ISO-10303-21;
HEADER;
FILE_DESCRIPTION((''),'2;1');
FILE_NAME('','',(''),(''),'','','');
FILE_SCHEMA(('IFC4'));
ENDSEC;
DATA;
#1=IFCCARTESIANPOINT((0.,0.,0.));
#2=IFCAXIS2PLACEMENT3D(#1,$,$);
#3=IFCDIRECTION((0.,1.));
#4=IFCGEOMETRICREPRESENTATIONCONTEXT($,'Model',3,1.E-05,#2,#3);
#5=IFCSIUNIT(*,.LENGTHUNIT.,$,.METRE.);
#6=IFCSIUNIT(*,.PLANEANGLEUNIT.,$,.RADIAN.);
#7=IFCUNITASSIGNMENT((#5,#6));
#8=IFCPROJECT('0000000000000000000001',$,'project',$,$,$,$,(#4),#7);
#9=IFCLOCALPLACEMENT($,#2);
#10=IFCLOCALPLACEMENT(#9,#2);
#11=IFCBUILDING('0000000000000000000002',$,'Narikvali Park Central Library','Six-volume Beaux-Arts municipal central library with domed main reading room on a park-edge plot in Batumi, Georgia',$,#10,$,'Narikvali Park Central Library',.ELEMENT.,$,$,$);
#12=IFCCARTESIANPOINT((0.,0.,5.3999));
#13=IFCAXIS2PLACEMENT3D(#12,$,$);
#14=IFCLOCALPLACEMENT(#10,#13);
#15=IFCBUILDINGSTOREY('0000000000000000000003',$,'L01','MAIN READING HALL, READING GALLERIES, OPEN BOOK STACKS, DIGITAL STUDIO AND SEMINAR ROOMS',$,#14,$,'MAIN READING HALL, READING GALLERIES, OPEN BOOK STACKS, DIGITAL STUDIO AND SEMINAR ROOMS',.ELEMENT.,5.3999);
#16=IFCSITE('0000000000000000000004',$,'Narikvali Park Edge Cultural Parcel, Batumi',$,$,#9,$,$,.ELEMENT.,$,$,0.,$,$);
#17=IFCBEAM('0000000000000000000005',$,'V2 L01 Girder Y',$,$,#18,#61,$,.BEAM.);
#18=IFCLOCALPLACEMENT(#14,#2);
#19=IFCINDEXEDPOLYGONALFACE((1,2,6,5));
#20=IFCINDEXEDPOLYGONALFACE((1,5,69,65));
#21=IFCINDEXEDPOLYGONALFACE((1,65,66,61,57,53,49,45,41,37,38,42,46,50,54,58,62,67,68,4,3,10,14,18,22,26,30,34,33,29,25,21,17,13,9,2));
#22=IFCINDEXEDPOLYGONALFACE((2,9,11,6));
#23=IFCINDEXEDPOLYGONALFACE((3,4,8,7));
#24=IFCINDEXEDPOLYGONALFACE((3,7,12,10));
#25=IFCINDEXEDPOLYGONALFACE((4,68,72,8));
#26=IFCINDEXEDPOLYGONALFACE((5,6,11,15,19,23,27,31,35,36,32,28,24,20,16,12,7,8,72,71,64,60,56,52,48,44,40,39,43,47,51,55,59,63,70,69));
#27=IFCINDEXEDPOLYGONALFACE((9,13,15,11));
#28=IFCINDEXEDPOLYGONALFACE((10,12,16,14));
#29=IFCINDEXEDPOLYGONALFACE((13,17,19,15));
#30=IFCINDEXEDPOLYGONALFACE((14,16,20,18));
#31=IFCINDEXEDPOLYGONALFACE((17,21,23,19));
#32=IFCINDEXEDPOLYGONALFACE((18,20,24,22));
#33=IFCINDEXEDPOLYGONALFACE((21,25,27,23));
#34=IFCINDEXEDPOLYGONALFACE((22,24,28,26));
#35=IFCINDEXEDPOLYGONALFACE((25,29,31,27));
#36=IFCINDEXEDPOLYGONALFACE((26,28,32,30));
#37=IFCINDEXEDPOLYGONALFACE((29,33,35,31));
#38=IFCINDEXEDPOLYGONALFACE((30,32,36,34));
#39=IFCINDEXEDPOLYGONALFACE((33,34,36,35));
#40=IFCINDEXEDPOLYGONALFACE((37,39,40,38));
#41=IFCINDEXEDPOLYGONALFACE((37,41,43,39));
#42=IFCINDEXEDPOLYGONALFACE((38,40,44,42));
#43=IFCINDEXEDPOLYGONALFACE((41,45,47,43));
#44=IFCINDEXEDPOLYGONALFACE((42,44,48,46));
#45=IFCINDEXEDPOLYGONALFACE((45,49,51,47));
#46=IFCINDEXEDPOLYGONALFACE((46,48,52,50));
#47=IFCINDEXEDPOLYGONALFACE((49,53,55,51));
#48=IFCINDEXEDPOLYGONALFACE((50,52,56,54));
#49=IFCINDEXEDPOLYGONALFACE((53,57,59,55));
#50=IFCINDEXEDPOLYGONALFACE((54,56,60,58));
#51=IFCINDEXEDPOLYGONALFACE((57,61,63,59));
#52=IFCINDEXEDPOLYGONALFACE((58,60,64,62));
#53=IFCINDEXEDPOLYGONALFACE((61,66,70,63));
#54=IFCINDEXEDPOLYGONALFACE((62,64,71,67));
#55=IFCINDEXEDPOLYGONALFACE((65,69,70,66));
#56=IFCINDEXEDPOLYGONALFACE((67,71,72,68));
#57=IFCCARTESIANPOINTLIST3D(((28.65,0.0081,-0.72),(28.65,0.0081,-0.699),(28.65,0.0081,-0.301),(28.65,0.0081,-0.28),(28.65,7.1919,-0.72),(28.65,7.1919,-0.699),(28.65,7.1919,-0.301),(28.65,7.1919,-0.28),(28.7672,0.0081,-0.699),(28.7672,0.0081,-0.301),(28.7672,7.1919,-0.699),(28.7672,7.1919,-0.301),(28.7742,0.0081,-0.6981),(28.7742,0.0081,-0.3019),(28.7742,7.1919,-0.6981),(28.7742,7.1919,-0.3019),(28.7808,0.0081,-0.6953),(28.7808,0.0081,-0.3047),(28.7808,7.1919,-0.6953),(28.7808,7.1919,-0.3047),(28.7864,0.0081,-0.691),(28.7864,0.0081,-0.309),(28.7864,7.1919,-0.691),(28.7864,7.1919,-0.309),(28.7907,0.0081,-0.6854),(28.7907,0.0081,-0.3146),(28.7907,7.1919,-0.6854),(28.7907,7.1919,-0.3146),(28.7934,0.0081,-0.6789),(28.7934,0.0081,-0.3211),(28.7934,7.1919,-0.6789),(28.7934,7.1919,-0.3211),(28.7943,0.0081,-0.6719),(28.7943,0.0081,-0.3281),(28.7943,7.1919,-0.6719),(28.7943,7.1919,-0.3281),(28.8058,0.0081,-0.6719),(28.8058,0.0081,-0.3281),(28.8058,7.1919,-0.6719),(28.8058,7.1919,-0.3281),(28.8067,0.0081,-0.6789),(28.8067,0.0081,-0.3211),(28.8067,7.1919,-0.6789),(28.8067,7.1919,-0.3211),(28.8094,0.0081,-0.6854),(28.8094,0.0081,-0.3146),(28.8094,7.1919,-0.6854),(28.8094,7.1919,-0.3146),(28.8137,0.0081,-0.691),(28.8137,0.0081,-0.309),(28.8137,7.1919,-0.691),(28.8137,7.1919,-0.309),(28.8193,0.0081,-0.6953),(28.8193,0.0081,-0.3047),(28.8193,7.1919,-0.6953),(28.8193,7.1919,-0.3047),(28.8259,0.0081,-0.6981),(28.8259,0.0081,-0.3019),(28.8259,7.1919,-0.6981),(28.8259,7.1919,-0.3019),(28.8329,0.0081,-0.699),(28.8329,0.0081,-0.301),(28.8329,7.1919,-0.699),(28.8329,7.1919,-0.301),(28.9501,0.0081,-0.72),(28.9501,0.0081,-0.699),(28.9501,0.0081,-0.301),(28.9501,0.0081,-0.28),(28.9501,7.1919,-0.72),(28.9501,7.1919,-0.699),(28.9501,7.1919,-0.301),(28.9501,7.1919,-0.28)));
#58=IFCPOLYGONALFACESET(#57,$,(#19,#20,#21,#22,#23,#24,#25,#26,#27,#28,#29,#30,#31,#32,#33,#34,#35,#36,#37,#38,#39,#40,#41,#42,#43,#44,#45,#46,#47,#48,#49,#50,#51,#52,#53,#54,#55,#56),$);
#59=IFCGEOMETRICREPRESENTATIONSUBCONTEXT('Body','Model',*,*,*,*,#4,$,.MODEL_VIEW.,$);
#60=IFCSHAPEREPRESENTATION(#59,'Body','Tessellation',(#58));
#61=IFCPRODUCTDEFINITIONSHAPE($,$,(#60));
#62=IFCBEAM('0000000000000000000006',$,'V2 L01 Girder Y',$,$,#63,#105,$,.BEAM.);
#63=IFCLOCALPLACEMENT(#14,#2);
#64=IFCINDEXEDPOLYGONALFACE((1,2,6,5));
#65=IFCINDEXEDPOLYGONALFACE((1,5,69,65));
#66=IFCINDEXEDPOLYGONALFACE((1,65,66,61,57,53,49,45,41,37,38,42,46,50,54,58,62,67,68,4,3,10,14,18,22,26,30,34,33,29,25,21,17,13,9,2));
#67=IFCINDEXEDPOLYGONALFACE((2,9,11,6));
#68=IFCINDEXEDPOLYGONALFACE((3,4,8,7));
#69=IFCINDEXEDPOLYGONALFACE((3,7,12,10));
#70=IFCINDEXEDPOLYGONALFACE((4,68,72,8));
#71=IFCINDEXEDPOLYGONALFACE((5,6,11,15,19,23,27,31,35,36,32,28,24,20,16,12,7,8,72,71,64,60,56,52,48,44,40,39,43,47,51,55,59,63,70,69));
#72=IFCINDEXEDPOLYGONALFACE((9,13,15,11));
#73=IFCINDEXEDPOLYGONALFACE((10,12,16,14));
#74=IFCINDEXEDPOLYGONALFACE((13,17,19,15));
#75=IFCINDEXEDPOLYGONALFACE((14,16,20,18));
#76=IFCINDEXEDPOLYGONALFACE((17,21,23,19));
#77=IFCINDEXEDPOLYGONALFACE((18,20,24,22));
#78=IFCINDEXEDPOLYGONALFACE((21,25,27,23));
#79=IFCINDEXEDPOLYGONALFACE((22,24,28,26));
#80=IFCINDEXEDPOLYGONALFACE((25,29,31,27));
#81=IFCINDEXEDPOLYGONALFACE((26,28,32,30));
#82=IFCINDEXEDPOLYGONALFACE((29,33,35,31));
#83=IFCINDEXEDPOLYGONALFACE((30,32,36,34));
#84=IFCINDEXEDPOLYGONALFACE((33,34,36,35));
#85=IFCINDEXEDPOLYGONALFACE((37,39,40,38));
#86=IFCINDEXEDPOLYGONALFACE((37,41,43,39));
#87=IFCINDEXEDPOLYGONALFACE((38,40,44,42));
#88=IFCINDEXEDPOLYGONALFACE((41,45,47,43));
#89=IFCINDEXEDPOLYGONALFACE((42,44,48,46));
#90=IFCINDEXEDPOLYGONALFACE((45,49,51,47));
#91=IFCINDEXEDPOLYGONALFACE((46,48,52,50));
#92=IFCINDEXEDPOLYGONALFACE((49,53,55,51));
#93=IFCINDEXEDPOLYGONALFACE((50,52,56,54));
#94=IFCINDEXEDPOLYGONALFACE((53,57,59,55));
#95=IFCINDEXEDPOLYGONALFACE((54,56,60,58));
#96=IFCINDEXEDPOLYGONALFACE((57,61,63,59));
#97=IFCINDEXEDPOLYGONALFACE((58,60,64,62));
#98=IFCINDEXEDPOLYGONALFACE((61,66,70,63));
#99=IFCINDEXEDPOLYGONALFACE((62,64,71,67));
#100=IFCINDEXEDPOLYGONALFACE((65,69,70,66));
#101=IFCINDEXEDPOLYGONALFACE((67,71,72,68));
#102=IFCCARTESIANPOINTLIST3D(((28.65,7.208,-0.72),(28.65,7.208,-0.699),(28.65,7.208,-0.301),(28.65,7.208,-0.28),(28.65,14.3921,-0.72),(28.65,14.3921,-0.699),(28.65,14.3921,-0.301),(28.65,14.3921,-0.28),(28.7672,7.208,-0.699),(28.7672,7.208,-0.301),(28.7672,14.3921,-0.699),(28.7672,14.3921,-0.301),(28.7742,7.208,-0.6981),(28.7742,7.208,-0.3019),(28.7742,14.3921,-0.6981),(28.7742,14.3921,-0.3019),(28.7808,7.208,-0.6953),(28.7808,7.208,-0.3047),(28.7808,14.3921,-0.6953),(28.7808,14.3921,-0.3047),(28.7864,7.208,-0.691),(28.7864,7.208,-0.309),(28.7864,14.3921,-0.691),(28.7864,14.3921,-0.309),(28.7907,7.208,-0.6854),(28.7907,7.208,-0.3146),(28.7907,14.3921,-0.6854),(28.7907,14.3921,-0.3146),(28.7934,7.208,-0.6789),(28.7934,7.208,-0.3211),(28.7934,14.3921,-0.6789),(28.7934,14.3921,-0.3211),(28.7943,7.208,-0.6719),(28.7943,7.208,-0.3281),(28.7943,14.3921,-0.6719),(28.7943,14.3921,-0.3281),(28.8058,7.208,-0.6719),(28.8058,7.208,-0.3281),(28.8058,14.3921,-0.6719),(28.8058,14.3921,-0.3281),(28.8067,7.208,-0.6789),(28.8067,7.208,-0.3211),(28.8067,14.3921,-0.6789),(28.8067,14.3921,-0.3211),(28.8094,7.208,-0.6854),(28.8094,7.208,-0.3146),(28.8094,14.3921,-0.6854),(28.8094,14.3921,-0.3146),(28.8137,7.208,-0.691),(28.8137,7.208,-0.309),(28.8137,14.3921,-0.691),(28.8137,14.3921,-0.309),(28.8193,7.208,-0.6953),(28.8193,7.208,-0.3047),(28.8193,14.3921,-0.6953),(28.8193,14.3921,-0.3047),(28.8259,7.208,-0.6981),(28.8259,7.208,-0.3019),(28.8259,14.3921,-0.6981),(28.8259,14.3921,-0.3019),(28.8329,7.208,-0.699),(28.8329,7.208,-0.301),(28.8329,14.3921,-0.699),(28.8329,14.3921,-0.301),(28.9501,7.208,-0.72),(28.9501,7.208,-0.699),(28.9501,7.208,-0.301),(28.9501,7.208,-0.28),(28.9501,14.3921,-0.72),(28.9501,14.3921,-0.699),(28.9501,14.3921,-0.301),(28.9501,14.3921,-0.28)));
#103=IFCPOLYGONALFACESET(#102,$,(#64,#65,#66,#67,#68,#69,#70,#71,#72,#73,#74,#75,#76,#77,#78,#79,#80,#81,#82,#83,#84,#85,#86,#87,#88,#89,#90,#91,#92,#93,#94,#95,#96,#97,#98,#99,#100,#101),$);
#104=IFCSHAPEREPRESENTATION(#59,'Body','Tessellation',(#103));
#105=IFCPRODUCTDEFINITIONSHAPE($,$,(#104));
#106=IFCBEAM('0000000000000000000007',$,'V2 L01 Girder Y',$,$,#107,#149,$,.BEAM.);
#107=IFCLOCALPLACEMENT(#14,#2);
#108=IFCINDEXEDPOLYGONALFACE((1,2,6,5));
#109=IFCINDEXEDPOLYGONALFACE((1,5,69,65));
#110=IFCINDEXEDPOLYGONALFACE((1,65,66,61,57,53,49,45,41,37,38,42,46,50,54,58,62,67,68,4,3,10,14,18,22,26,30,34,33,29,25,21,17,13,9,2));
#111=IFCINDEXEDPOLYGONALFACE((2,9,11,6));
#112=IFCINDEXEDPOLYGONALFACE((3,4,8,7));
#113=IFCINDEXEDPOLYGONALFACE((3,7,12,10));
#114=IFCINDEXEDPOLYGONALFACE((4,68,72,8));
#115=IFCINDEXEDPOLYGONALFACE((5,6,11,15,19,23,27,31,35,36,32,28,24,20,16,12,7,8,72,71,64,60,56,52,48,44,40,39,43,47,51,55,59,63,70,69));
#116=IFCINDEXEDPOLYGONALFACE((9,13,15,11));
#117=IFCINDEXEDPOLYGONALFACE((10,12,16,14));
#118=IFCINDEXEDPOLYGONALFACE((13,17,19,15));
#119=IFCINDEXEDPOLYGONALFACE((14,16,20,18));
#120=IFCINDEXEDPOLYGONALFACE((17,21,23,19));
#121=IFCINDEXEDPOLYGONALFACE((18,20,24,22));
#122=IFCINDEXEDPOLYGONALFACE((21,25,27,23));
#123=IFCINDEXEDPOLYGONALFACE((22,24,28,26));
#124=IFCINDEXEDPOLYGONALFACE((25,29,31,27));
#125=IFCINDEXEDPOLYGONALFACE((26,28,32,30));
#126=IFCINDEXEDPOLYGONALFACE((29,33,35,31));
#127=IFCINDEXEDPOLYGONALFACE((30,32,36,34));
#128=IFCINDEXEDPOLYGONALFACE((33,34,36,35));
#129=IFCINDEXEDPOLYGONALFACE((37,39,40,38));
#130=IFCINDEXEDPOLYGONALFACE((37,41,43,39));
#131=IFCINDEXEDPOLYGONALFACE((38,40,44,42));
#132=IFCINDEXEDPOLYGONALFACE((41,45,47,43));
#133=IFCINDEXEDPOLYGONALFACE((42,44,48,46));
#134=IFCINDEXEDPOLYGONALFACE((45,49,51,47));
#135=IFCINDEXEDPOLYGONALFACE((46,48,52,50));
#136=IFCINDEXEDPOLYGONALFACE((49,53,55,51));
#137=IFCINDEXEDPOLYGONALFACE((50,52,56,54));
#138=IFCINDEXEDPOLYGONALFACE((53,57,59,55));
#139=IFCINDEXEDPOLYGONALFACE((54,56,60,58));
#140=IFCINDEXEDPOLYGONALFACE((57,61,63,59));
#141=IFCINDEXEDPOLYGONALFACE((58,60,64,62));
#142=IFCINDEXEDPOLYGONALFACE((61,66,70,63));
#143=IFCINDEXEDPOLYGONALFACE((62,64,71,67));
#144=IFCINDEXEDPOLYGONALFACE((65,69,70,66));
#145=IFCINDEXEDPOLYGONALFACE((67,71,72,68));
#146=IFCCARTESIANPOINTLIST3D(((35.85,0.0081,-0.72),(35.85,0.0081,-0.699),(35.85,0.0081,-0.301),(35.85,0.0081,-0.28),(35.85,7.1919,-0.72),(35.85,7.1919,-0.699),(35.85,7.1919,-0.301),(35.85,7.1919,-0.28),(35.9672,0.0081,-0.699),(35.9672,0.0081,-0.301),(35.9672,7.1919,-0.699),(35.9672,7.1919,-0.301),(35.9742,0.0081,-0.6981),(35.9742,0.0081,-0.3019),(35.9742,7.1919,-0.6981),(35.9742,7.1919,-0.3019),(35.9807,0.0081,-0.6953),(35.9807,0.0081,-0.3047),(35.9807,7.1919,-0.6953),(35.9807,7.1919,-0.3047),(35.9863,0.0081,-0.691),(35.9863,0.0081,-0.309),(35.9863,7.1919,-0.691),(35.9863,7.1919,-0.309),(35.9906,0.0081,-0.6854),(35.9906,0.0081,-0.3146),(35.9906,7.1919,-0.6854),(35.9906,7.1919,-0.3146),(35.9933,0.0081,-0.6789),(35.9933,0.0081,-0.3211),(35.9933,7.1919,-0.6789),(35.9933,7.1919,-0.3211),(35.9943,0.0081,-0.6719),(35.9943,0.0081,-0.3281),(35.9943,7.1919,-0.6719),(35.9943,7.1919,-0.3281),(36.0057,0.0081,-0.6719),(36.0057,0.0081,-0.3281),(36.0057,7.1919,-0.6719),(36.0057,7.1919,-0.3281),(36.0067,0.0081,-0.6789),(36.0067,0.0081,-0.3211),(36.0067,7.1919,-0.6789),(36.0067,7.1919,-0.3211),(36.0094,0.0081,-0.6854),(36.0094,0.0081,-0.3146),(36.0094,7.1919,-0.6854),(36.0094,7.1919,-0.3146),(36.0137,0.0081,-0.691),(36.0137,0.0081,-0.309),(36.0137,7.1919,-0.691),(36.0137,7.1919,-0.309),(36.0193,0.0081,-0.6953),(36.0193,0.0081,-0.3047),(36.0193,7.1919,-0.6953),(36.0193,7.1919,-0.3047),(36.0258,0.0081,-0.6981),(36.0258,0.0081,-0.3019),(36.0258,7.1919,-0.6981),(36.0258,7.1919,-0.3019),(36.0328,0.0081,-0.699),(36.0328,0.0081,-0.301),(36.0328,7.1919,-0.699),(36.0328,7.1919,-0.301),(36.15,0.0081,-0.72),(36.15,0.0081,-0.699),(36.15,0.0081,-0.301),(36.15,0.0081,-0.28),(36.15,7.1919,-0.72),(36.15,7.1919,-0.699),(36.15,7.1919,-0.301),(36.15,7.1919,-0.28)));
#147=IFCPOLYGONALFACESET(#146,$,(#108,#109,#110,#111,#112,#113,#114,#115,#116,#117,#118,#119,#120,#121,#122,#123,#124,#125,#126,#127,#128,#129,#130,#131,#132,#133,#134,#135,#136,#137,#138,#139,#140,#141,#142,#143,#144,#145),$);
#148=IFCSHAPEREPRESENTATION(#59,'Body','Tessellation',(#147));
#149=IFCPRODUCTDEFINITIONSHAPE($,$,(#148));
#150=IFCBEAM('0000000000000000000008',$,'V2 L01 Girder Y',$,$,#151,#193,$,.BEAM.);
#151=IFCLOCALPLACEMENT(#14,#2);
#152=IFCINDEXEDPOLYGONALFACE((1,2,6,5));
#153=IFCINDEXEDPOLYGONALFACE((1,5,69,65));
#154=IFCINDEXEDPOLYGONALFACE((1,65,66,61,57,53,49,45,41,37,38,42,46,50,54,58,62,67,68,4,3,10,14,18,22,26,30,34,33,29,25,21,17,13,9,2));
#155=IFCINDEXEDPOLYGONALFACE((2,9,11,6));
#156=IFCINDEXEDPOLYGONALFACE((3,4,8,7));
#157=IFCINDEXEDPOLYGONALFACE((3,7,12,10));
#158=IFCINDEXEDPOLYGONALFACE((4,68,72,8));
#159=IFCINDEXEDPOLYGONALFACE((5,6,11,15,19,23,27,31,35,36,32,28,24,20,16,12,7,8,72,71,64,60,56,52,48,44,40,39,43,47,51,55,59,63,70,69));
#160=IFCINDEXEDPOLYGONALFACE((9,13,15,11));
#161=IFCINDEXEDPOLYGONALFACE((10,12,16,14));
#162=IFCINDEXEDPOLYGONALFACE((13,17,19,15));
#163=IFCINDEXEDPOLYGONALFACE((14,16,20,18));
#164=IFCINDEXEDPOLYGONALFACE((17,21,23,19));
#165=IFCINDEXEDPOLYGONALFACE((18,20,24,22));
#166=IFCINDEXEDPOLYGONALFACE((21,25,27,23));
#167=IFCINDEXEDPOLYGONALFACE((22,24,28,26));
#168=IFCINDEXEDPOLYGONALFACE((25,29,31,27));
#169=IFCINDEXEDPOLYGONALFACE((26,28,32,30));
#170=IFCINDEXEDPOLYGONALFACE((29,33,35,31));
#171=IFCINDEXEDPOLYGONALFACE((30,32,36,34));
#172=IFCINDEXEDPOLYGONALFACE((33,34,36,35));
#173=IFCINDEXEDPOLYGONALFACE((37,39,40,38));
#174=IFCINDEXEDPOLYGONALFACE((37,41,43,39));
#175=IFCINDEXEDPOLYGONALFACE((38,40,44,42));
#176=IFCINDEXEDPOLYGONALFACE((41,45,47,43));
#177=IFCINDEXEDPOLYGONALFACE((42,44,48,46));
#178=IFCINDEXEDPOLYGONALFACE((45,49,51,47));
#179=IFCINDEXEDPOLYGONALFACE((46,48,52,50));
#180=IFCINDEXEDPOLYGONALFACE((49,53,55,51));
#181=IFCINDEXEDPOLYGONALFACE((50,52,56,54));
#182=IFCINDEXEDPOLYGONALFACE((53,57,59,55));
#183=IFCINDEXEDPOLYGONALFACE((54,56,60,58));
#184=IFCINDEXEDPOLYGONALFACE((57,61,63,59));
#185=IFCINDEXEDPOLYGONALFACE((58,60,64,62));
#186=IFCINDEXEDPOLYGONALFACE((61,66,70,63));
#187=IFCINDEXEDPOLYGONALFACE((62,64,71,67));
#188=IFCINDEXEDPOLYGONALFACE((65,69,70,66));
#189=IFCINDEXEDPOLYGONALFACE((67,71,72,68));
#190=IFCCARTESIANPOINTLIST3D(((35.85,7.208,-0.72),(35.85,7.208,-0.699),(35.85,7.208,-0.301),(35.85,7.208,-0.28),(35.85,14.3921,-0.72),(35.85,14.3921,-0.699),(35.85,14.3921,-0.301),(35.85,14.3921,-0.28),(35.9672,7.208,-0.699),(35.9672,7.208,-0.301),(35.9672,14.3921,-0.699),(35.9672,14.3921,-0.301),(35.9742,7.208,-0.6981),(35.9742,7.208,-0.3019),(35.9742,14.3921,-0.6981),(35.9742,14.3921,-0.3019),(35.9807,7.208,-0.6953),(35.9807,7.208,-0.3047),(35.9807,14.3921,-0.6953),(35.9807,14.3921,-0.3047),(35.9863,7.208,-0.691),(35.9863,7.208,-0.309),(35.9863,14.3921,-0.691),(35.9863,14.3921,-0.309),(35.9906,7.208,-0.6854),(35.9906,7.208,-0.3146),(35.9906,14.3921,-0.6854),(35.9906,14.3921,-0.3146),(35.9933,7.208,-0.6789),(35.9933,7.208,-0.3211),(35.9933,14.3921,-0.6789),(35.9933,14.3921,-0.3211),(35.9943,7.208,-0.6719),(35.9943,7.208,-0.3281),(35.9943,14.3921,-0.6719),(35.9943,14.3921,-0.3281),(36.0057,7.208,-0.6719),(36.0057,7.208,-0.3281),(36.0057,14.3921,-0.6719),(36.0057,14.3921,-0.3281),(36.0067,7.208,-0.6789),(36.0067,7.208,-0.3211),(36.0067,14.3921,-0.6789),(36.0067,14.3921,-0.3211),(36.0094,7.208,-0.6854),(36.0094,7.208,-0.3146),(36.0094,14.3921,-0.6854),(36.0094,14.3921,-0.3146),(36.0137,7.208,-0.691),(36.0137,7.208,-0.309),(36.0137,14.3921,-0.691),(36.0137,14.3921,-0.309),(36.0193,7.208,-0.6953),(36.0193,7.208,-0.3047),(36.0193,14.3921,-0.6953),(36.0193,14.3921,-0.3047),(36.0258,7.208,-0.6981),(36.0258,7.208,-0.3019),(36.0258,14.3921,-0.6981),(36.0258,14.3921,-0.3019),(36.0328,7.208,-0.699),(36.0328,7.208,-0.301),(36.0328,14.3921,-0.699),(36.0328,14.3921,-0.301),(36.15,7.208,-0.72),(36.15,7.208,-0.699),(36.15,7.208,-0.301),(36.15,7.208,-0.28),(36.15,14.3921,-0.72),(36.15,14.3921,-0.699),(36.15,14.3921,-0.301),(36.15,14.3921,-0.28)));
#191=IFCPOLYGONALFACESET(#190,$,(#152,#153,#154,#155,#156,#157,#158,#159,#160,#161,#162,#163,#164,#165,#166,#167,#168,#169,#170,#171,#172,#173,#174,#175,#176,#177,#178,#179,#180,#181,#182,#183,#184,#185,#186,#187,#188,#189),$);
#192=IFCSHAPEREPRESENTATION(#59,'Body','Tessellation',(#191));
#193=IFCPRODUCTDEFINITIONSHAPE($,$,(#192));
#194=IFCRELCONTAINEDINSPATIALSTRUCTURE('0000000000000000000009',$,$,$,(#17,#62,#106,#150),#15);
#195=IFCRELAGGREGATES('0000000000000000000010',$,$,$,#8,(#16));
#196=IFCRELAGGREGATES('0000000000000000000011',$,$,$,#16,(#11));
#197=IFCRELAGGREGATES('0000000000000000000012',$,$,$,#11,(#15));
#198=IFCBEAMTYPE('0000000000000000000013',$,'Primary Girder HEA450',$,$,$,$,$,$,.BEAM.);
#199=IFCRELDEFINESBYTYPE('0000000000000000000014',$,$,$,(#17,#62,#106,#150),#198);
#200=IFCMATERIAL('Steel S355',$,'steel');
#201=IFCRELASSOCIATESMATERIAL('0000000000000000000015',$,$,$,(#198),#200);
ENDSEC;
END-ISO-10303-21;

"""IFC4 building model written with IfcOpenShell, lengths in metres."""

from ifc_helpers import new_model, si_unit, direction, frame, origin, origin_2d, place, context, subcontext, project, spatial, i_section, extrude, material, material_profile, profile_set, type_object, element, save


model = new_model("IFC4")

# Units and contexts
model_context = context("Model", 3, precision=1e-05, world=origin(), true_north=direction((0.0, 1.0)))
body_context = subcontext(model_context, "Body", "Model", "MODEL_VIEW")
ifc_project = project(units=[si_unit("LENGTHUNIT", "METRE"), si_unit("PLANEANGLEUNIT", "RADIAN")], contexts=[model_context])

# Site, building, storey
site_placement = place(None, origin())
site = spatial("IfcSite", under=ifc_project, at=site_placement, Name="Narikvali Park Edge Cultural Parcel, Batumi", CompositionType="ELEMENT", RefElevation=0.0)
building_placement = place(site_placement, origin())
building = spatial("IfcBuilding", under=site, at=building_placement, Name="Narikvali Park Central Library", Description="Six-volume Beaux-Arts municipal central library with domed main reading room on a park-edge plot in Batumi, Georgia", LongName="Narikvali Park Central Library", CompositionType="ELEMENT")
storey_placement = place(building_placement, frame((0.0, 0.0, 5.3999)))
storey = spatial("IfcBuildingStorey", under=building, at=storey_placement, Name="L01", Description="MAIN READING HALL, READING GALLERIES, OPEN BOOK STACKS, DIGITAL STUDIO AND SEMINAR ROOMS", LongName="MAIN READING HALL, READING GALLERIES, OPEN BOOK STACKS, DIGITAL STUDIO AND SEMINAR ROOMS", CompositionType="ELEMENT", Elevation=5.3999)

# Shared definitions
ifc_material_1 = material(Name="Steel S355", Category="steel")

# Beams
ifc_material_profile_1 = material_profile(ifc_material_1, i_section(OverallWidth=0.3, OverallDepth=0.4399, WebThickness=0.0115, FlangeThickness=0.021, FilletRadius=0.0271, at=origin_2d()), Name="HEA 450")
ifc_profile_set_1 = profile_set([ifc_material_profile_1], Name="Steel S355")
beam_type_1 = type_object("IfcBeamType", Name="Primary Girder HEA450", PredefinedType="BEAM", material=ifc_profile_set_1)
beam_1_placement = place(storey_placement, frame((28.8, 0.0081, -0.5), z_axis=(0.0, 1.0, 0.0), x_axis=(-1.0, 0.0, 0.0)))
element("IfcBeam", 1, at=beam_1_placement, inside=storey, type_object=beam_type_1, Name="V2 L01 Girder Y", PredefinedType="BEAM", context=body_context, shape_type="SweptSolid", body=[
    extrude(i_section(OverallWidth=0.3, OverallDepth=0.4399, WebThickness=0.0115, FlangeThickness=0.021, FilletRadius=0.0271, at=origin_2d()), origin(), (0.0, 0.0, 1.0), 7.1838),
])
beam_2_placement = place(storey_placement, frame((28.8, 7.208, -0.5), z_axis=(0.0, 1.0, 0.0), x_axis=(-1.0, 0.0, 0.0)))
element("IfcBeam", 2, at=beam_2_placement, inside=storey, type_object=beam_type_1, Name="V2 L01 Girder Y", PredefinedType="BEAM", context=body_context, shape_type="SweptSolid", body=[
    extrude(i_section(OverallWidth=0.3, OverallDepth=0.4399, WebThickness=0.0115, FlangeThickness=0.021, FilletRadius=0.0271, at=origin_2d()), origin(), (0.0, 0.0, 1.0), 7.1841),
])
beam_3_placement = place(storey_placement, frame((36.0, 0.0081, -0.5), z_axis=(0.0, 1.0, 0.0), x_axis=(-1.0, 0.0, 0.0)))
element("IfcBeam", 3, at=beam_3_placement, inside=storey, type_object=beam_type_1, Name="V2 L01 Girder Y", PredefinedType="BEAM", context=body_context, shape_type="SweptSolid", body=[
    extrude(i_section(OverallWidth=0.3, OverallDepth=0.4399, WebThickness=0.0115, FlangeThickness=0.021, FilletRadius=0.0271, at=origin_2d()), origin(), (0.0, 0.0, 1.0), 7.1838),
])
beam_4_placement = place(storey_placement, frame((36.0, 7.208, -0.5), z_axis=(0.0, 1.0, 0.0), x_axis=(-1.0, 0.0, 0.0)))
element("IfcBeam", 4, at=beam_4_placement, inside=storey, type_object=beam_type_1, Name="V2 L01 Girder Y", PredefinedType="BEAM", context=body_context, shape_type="SweptSolid", body=[
    extrude(i_section(OverallWidth=0.3, OverallDepth=0.4399, WebThickness=0.0115, FlangeThickness=0.021, FilletRadius=0.0271, at=origin_2d()), origin(), (0.0, 0.0, 1.0), 7.1841),
])

save(model, "model.ifc")
